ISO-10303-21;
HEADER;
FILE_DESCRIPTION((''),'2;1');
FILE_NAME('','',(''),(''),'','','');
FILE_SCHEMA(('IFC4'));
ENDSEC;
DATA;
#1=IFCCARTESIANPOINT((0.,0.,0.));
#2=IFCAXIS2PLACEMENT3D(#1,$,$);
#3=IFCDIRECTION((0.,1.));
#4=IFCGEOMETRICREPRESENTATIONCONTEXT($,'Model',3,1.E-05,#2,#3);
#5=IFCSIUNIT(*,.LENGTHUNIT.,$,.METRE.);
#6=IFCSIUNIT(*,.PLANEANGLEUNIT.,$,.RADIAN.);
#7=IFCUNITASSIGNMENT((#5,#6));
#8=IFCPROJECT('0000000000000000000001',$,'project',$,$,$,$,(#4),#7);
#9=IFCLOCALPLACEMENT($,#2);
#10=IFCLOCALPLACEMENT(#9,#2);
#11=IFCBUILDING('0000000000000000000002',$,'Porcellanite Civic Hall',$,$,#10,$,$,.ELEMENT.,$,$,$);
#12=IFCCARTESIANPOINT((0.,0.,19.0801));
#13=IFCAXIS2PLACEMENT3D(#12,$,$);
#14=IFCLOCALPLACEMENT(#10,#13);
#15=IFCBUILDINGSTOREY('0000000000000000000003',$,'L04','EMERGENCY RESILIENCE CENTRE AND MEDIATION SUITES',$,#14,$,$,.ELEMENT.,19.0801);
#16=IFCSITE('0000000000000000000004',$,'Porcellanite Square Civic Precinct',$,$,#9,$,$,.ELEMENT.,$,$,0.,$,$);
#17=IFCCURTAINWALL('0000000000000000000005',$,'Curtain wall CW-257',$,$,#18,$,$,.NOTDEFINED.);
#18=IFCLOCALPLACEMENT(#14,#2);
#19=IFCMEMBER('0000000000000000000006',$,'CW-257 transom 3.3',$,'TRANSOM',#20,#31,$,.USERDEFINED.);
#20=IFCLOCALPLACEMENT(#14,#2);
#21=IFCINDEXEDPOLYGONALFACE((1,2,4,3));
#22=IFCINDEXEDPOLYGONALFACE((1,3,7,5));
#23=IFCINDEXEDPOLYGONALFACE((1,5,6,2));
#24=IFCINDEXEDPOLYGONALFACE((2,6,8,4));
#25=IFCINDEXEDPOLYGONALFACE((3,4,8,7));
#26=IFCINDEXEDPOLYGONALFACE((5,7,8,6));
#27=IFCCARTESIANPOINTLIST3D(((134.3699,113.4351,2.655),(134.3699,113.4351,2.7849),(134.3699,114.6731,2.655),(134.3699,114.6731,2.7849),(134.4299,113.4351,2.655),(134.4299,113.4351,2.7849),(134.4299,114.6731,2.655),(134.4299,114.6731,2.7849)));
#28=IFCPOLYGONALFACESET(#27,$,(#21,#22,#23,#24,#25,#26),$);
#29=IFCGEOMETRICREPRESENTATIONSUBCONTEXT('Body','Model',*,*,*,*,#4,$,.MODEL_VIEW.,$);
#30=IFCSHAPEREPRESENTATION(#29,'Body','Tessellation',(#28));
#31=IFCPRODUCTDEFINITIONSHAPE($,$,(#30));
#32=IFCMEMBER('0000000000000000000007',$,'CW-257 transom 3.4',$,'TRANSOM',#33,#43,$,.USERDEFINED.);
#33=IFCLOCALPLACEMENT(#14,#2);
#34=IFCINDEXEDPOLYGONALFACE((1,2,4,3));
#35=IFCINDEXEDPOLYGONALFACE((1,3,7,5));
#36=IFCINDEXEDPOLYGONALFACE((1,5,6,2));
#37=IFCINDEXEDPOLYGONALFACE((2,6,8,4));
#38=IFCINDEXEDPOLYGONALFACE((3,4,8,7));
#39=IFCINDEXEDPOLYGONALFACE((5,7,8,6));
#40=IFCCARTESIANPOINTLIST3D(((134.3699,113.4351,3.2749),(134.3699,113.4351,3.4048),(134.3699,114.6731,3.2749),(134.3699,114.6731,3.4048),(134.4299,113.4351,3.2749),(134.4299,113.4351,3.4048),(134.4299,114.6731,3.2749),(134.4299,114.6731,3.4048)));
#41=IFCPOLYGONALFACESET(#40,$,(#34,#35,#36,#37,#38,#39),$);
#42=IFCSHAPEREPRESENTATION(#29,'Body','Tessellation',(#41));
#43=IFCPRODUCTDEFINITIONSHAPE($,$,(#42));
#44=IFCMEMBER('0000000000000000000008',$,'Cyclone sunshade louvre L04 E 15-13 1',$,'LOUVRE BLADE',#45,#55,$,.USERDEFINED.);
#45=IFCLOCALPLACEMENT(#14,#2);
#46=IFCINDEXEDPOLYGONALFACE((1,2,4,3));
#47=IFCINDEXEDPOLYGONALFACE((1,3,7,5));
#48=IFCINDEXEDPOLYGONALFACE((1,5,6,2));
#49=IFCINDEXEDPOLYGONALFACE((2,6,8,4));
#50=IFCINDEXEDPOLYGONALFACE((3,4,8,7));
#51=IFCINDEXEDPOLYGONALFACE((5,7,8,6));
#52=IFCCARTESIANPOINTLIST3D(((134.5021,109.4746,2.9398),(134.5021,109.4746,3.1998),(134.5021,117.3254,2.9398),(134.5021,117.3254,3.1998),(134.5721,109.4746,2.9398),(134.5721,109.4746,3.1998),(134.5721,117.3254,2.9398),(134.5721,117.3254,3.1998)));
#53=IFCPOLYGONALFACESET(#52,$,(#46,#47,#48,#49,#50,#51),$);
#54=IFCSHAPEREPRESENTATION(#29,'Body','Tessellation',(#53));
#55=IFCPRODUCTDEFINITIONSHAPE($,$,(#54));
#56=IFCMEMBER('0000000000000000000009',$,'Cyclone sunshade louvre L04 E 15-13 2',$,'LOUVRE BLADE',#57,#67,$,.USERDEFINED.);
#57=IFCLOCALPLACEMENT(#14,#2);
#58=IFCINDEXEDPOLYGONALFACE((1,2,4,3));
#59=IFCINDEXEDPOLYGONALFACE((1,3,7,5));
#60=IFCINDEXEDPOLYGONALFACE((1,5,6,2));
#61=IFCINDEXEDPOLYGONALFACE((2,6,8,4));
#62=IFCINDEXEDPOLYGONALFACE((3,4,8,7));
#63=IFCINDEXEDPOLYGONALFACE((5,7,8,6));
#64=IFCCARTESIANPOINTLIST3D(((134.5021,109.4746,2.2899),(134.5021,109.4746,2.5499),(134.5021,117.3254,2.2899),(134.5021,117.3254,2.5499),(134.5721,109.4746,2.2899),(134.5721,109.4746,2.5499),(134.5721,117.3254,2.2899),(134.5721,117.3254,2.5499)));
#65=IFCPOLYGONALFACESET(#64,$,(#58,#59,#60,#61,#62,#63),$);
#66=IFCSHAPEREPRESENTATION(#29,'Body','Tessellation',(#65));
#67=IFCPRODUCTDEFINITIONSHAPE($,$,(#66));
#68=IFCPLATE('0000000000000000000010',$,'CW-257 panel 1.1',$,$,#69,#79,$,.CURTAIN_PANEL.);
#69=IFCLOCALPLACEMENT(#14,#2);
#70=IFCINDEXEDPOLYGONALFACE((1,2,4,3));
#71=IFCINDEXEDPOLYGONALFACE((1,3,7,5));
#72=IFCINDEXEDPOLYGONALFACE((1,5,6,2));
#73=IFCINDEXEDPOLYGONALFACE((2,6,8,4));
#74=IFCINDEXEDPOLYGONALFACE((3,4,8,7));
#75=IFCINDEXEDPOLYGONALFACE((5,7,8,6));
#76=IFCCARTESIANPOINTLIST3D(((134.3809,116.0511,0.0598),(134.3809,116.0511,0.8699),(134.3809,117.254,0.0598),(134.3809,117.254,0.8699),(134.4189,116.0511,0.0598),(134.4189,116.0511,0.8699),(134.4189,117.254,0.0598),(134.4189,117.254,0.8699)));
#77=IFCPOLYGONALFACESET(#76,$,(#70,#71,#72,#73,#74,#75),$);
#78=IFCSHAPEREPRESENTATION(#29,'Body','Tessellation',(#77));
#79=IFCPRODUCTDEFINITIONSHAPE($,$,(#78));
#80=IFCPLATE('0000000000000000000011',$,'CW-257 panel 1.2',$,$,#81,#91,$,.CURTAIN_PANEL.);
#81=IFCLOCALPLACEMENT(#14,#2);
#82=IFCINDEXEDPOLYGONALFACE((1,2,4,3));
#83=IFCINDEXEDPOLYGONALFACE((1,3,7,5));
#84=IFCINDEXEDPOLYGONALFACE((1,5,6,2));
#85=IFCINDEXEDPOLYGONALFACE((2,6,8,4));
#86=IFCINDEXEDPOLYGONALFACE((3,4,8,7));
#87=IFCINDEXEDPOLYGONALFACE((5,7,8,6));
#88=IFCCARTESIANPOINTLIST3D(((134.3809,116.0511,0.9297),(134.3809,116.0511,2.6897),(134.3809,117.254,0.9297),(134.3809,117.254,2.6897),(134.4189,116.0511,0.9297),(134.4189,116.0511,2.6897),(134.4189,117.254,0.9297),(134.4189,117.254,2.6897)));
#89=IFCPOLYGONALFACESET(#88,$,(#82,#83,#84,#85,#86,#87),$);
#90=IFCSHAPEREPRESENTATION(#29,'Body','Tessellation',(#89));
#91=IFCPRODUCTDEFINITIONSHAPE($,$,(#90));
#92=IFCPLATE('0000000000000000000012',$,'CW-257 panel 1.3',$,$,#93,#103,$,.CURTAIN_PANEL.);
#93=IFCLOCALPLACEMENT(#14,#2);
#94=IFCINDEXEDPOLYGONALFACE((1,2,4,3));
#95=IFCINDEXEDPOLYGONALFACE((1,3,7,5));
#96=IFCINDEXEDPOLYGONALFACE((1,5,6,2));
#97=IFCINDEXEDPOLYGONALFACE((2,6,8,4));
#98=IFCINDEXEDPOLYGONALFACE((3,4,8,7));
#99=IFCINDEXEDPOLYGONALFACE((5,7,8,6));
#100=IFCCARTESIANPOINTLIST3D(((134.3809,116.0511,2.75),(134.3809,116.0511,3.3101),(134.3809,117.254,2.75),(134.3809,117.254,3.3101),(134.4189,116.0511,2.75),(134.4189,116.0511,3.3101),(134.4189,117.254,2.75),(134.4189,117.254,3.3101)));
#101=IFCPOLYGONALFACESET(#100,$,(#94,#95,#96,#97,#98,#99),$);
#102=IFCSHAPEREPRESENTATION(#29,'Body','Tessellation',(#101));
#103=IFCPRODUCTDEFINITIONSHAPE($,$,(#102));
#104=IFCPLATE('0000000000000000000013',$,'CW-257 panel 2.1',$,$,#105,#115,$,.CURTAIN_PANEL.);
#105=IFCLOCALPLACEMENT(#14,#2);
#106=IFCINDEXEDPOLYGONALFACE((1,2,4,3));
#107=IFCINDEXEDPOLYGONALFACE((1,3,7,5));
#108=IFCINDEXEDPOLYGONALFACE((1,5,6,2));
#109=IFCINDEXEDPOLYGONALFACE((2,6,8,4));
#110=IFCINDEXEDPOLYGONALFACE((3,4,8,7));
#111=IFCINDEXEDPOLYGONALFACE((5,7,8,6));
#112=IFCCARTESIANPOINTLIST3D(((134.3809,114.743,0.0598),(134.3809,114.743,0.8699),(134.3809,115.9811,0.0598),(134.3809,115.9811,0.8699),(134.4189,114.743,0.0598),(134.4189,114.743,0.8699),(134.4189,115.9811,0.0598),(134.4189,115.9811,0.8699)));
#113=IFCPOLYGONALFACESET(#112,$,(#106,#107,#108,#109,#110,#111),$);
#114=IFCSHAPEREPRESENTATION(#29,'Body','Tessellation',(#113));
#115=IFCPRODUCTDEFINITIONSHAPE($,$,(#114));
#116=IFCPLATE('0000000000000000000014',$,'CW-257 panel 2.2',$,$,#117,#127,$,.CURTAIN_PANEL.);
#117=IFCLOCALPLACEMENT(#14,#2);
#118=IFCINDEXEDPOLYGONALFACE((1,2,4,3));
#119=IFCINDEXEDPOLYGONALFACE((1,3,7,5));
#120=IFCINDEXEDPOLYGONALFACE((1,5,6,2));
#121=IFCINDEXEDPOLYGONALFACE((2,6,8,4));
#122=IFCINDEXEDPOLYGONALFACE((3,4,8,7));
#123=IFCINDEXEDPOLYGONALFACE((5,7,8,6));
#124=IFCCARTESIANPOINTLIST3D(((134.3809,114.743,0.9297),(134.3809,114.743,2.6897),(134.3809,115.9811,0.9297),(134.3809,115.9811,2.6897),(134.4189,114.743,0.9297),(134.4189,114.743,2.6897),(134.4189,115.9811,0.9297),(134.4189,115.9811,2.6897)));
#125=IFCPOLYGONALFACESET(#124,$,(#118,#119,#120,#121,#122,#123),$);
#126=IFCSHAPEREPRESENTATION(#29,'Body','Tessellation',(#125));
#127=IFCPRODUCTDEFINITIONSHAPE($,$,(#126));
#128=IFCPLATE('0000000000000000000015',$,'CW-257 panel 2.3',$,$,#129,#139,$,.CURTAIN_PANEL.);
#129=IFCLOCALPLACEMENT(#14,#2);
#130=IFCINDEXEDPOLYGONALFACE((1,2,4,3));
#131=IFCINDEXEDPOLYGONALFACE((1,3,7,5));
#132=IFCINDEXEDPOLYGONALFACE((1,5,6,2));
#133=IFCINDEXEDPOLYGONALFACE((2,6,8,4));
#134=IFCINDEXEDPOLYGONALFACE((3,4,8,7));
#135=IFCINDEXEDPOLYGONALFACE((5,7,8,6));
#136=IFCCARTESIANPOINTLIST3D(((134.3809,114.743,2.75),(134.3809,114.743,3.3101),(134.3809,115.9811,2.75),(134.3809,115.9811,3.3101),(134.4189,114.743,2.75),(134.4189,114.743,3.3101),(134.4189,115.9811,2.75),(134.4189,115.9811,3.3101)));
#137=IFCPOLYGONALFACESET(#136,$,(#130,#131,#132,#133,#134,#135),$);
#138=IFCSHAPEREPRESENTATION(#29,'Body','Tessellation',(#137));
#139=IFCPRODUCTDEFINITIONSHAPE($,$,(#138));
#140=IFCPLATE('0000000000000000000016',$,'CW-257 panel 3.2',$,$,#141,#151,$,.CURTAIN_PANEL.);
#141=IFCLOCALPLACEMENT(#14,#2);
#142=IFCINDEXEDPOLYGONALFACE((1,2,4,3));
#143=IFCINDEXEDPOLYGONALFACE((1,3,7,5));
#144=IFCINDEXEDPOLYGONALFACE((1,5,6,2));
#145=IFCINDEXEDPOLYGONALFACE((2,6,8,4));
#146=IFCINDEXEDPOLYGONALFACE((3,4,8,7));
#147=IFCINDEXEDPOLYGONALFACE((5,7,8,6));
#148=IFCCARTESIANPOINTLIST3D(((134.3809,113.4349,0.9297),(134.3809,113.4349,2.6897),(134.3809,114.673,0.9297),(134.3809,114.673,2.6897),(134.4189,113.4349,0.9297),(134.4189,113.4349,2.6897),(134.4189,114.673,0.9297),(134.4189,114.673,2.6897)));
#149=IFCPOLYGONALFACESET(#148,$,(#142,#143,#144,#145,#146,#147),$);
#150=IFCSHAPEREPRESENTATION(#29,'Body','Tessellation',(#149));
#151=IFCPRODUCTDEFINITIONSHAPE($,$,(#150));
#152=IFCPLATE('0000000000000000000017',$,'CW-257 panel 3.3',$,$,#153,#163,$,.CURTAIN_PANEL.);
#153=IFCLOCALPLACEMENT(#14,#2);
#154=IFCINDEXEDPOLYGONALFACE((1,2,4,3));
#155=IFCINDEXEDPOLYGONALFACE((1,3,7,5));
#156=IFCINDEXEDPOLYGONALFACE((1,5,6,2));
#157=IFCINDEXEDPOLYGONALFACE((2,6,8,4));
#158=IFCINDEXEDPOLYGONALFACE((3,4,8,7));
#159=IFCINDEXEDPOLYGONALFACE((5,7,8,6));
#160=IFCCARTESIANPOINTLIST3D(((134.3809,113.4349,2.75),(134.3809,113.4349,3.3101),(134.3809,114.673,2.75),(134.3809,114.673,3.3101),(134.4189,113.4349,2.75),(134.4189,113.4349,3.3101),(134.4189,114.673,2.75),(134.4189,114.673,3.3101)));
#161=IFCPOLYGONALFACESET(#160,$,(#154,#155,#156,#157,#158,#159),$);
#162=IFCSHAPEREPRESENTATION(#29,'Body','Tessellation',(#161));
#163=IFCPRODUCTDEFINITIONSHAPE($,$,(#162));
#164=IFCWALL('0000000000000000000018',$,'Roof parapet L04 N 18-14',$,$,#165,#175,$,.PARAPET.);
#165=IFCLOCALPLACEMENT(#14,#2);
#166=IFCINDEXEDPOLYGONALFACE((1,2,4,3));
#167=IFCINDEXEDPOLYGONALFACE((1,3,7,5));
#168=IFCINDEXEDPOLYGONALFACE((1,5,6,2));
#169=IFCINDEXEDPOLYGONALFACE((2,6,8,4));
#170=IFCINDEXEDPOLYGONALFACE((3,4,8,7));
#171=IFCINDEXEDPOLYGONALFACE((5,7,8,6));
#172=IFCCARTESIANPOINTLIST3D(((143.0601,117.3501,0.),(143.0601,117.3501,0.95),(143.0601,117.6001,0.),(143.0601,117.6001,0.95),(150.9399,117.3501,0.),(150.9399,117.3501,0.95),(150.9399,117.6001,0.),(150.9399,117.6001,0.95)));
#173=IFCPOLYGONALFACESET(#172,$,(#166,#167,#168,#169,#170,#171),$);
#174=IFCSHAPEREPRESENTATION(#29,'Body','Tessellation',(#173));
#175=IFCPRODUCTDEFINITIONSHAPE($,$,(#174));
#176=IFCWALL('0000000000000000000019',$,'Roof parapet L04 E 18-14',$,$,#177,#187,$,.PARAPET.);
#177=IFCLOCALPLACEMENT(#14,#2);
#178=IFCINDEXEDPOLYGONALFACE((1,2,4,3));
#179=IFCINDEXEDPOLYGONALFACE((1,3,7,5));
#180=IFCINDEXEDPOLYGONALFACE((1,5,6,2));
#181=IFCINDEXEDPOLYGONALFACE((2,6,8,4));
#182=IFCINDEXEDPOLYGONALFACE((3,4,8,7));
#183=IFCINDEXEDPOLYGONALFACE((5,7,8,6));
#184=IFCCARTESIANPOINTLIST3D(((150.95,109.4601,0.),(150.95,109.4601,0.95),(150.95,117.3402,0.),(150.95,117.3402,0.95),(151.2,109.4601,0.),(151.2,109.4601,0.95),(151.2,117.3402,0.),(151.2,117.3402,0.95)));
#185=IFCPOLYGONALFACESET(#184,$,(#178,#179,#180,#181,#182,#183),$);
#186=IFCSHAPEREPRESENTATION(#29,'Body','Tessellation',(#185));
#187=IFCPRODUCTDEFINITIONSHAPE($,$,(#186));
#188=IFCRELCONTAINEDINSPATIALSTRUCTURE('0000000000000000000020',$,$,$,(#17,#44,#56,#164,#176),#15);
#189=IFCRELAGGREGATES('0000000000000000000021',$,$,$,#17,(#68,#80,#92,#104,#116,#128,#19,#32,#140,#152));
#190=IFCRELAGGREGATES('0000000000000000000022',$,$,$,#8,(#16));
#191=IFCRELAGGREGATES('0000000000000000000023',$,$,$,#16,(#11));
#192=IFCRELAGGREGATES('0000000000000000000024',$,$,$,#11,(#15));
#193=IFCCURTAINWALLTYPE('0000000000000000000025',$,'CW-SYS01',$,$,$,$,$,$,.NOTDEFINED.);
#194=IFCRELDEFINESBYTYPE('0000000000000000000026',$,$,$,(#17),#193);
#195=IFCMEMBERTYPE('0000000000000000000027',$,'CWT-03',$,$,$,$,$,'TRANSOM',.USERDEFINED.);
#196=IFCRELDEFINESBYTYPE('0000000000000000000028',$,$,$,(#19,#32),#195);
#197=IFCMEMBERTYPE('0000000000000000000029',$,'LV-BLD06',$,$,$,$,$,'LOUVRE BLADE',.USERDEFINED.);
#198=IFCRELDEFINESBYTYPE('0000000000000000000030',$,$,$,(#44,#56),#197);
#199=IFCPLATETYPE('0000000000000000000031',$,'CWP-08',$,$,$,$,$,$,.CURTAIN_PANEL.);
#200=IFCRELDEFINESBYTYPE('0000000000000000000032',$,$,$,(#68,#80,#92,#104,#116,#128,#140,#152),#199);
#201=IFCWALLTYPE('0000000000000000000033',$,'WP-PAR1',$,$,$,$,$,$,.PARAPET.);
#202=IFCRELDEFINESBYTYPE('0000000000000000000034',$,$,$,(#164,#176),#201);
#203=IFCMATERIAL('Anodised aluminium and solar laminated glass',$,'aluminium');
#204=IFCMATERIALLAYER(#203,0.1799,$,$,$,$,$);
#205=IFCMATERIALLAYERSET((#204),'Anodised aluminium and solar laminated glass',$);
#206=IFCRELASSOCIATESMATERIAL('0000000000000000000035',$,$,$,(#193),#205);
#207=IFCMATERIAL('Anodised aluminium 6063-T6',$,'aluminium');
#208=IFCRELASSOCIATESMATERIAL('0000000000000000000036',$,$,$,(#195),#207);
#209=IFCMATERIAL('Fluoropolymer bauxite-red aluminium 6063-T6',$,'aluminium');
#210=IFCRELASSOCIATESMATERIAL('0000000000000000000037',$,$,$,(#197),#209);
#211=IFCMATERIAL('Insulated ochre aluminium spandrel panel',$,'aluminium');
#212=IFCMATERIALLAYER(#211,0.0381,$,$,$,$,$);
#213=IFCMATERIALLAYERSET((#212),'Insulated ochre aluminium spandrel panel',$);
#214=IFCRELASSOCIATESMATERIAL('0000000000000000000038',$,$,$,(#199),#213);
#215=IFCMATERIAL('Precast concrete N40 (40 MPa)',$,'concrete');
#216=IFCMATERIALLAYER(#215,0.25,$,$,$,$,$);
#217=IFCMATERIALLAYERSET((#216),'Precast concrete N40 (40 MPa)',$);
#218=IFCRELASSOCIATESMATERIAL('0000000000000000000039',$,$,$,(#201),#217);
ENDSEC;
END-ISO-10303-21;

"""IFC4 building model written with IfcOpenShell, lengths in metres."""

from ifc_helpers import new_model, si_unit, direction, frame, frame_2d, origin, origin_2d, place, context, subcontext, project, spatial, rectangle, extrude, material, layer, layer_set, material_profile, profile_set, type_object, element, aggregate, save


model = new_model("IFC4")

# Units and contexts
model_context = context("Model", 3, precision=1e-05, world=origin(), true_north=direction((0.0, 1.0)))
body_context = subcontext(model_context, "Body", "Model", "MODEL_VIEW")
ifc_project = project(units=[si_unit("LENGTHUNIT", "METRE"), si_unit("PLANEANGLEUNIT", "RADIAN")], contexts=[model_context])

# Site, building, storey
site_placement = place(None, origin())
site = spatial("IfcSite", under=ifc_project, at=site_placement, Name="Porcellanite Square Civic Precinct", CompositionType="ELEMENT", RefElevation=0.0)
building_placement = place(site_placement, origin())
building = spatial("IfcBuilding", under=site, at=building_placement, Name="Porcellanite Civic Hall", CompositionType="ELEMENT")
storey_placement = place(building_placement, frame((0.0, 0.0, 19.0801)))
storey = spatial("IfcBuildingStorey", under=building, at=storey_placement, Name="L04", Description="EMERGENCY RESILIENCE CENTRE AND MEDIATION SUITES", CompositionType="ELEMENT", Elevation=19.0801)

# Curtain wall, members
ifc_material_1 = material(Name="Anodised aluminium and solar laminated glass", Category="aluminium")
ifc_layer_1 = layer(ifc_material_1, 0.1799)
ifc_layer_set_1 = layer_set([ifc_layer_1], Name="Anodised aluminium and solar laminated glass")
curtain_wall_type = type_object("IfcCurtainWallType", Name="CW-SYS01", PredefinedType="NOTDEFINED", material=ifc_layer_set_1)
curtain_wall_placement = place(storey_placement, origin())
curtain_wall = element("IfcCurtainWall", 1, at=curtain_wall_placement, inside=storey, type_object=curtain_wall_type, Name="Curtain wall CW-257", PredefinedType="NOTDEFINED")
ifc_material_2 = material(Name="Anodised aluminium 6063-T6", Category="aluminium")
ifc_material_profile_1 = material_profile(ifc_material_2, rectangle(XDim=0.0601, YDim=0.1299, at=origin_2d()), Name="AL-60x130")
ifc_profile_set_1 = profile_set([ifc_material_profile_1], Name="Anodised aluminium 6063-T6")
member_type_1 = type_object("IfcMemberType", Name="CWT-03", ElementType="TRANSOM", PredefinedType="USERDEFINED", material=ifc_profile_set_1)
member_1_placement = place(storey_placement, frame((134.3999, 114.6731, 2.72), z_axis=(0.0, -1.0, 0.0), x_axis=(1.0, 0.0, 0.0)))
member_1 = element("IfcMember", 2, at=member_1_placement, type_object=member_type_1, Name="CW-257 transom 3.3", ObjectType="TRANSOM", PredefinedType="USERDEFINED", context=body_context, shape_type="SweptSolid", body=[
    extrude(rectangle(XDim=0.0601, YDim=0.1299, at=origin_2d()), origin(), (0.0, 0.0, 1.0), 1.238),
])
member_2_placement = place(storey_placement, frame((134.3999, 114.6731, 3.3398), z_axis=(0.0, -1.0, 0.0), x_axis=(1.0, 0.0, 0.0)))
member_2 = element("IfcMember", 3, at=member_2_placement, type_object=member_type_1, Name="CW-257 transom 3.4", ObjectType="TRANSOM", PredefinedType="USERDEFINED", context=body_context, shape_type="SweptSolid", body=[
    extrude(rectangle(XDim=0.0601, YDim=0.1299, at=origin_2d()), origin(), (0.0, 0.0, 1.0), 1.238),
])

# Members
ifc_material_3 = material(Name="Fluoropolymer bauxite-red aluminium 6063-T6", Category="aluminium")
ifc_material_profile_2 = material_profile(ifc_material_3, rectangle(XDim=0.0701, YDim=0.26, at=origin_2d()), Name="AL-70x260")
ifc_profile_set_2 = profile_set([ifc_material_profile_2], Name="Fluoropolymer bauxite-red aluminium 6063-T6")
member_type_2 = type_object("IfcMemberType", Name="LV-BLD06", ElementType="LOUVRE BLADE", PredefinedType="USERDEFINED", material=ifc_profile_set_2)
for number, where, z_axis, x_axis, name in (
    (4, (134.5371, 117.3254, 3.0698), (0.0, -1.0, 0.0), (1.0, 0.0, 0.0), "Cyclone sunshade louvre L04 E 15-13 1"),
    (5, (134.5371, 117.3254, 2.4199), (0.0, -1.0, 0.0), (1.0, 0.0, 0.0), "Cyclone sunshade louvre L04 E 15-13 2"),
):
    element("IfcMember", number, at=place(storey_placement, frame(where, z_axis=z_axis, x_axis=x_axis)), inside=storey, type_object=member_type_2, Name=name, ObjectType="LOUVRE BLADE", PredefinedType="USERDEFINED", context=body_context, shape_type="SweptSolid", body=[
        extrude(rectangle(XDim=0.0701, YDim=0.26, at=origin_2d()), origin(), (0.0, 0.0, 1.0), 7.8508),
    ])

# Plates
ifc_material_4 = material(Name="Insulated ochre aluminium spandrel panel", Category="aluminium")
ifc_layer_2 = layer(ifc_material_4, 0.0381)
ifc_layer_set_2 = layer_set([ifc_layer_2], Name="Insulated ochre aluminium spandrel panel")
plate_type = type_object("IfcPlateType", Name="CWP-08", PredefinedType="CURTAIN_PANEL", material=ifc_layer_set_2)
plate_1_placement = place(storey_placement, frame((134.3999, 116.6526, 0.0598), z_axis=(0.0, 0.0, 1.0), x_axis=(0.0, -1.0, 0.0)))
plate_1 = element("IfcPlate", 6, at=plate_1_placement, type_object=plate_type, Name="CW-257 panel 1.1", PredefinedType="CURTAIN_PANEL", context=body_context, shape_type="SweptSolid", body=[
    extrude(rectangle(XDim=1.2029, YDim=0.0381, at=origin_2d()), origin(), (0.0, 0.0, 1.0), 0.8101),
])
plate_2_placement = place(storey_placement, frame((134.3999, 116.6526, 0.9297), z_axis=(0.0, 0.0, 1.0), x_axis=(0.0, -1.0, 0.0)))
plate_2 = element("IfcPlate", 7, at=plate_2_placement, type_object=plate_type, Name="CW-257 panel 1.2", PredefinedType="CURTAIN_PANEL", context=body_context, shape_type="SweptSolid", body=[
    extrude(rectangle(XDim=1.2029, YDim=0.0381, at=origin_2d()), origin(), (0.0, 0.0, 1.0), 1.76),
])
plate_3_placement = place(storey_placement, frame((134.3999, 116.6526, 2.75), z_axis=(0.0, 0.0, 1.0), x_axis=(0.0, -1.0, 0.0)))
plate_3 = element("IfcPlate", 8, at=plate_3_placement, type_object=plate_type, Name="CW-257 panel 1.3", PredefinedType="CURTAIN_PANEL", context=body_context, shape_type="SweptSolid", body=[
    extrude(rectangle(XDim=1.2029, YDim=0.0381, at=origin_2d()), origin(), (0.0, 0.0, 1.0), 0.5601),
])
plate_4_placement = place(storey_placement, frame((134.3999, 115.3621, 0.0598), z_axis=(0.0, 0.0, 1.0), x_axis=(0.0, -1.0, 0.0)))
plate_4 = element("IfcPlate", 9, at=plate_4_placement, type_object=plate_type, Name="CW-257 panel 2.1", PredefinedType="CURTAIN_PANEL", context=body_context, shape_type="SweptSolid", body=[
    extrude(rectangle(XDim=1.238, YDim=0.0381, at=origin_2d()), origin(), (0.0, 0.0, 1.0), 0.8101),
])
plate_5_placement = place(storey_placement, frame((134.3999, 115.3621, 0.9297), z_axis=(0.0, 0.0, 1.0), x_axis=(0.0, -1.0, 0.0)))
plate_5 = element("IfcPlate", 10, at=plate_5_placement, type_object=plate_type, Name="CW-257 panel 2.2", PredefinedType="CURTAIN_PANEL", context=body_context, shape_type="SweptSolid", body=[
    extrude(rectangle(XDim=1.238, YDim=0.0381, at=origin_2d()), origin(), (0.0, 0.0, 1.0), 1.76),
])
plate_6_placement = place(storey_placement, frame((134.3999, 115.3621, 2.75), z_axis=(0.0, 0.0, 1.0), x_axis=(0.0, -1.0, 0.0)))
plate_6 = element("IfcPlate", 11, at=plate_6_placement, type_object=plate_type, Name="CW-257 panel 2.3", PredefinedType="CURTAIN_PANEL", context=body_context, shape_type="SweptSolid", body=[
    extrude(rectangle(XDim=1.238, YDim=0.0381, at=origin_2d()), origin(), (0.0, 0.0, 1.0), 0.5601),
])
plate_7_placement = place(storey_placement, frame((134.3999, 114.054, 0.9297), z_axis=(0.0, 0.0, 1.0), x_axis=(0.0, -1.0, 0.0)))
plate_7 = element("IfcPlate", 12, at=plate_7_placement, type_object=plate_type, Name="CW-257 panel 3.2", PredefinedType="CURTAIN_PANEL", context=body_context, shape_type="SweptSolid", body=[
    extrude(rectangle(XDim=1.238, YDim=0.0381, at=origin_2d()), origin(), (0.0, 0.0, 1.0), 1.76),
])
plate_8_placement = place(storey_placement, frame((134.3999, 114.054, 2.75), z_axis=(0.0, 0.0, 1.0), x_axis=(0.0, -1.0, 0.0)))
plate_8 = element("IfcPlate", 13, at=plate_8_placement, type_object=plate_type, Name="CW-257 panel 3.3", PredefinedType="CURTAIN_PANEL", context=body_context, shape_type="SweptSolid", body=[
    extrude(rectangle(XDim=1.238, YDim=0.0381, at=origin_2d()), origin(), (0.0, 0.0, 1.0), 0.5601),
])
aggregate(curtain_wall, [plate_1, plate_2, plate_3, plate_4, plate_5, plate_6, member_1, member_2, plate_7, plate_8])

# Walls
ifc_material_5 = material(Name="Precast concrete N40 (40 MPa)", Category="concrete")
ifc_layer_3 = layer(ifc_material_5, 0.25)
ifc_layer_set_3 = layer_set([ifc_layer_3], Name="Precast concrete N40 (40 MPa)")
wall_type_1 = type_object("IfcWallType", Name="WP-PAR1", PredefinedType="PARAPET", material=ifc_layer_set_3)
wall_1_placement = place(storey_placement, frame((143.0601, 117.4751, 0.0), z_axis=(0.0, 0.0, 1.0), x_axis=(1.0, 0.0, 0.0)))
element("IfcWall", 14, at=wall_1_placement, inside=storey, type_object=wall_type_1, Name="Roof parapet L04 N 18-14", PredefinedType="PARAPET", context=body_context, shape_type="SweptSolid", body=[
    extrude(rectangle(XDim=7.8799, YDim=0.25, at=frame_2d((3.9399, 0.0))), origin(), (0.0, 0.0, 1.0), 0.95),
])
wall_2_placement = place(storey_placement, frame((151.075, 117.3401, 0.0), z_axis=(0.0, 0.0, 1.0), x_axis=(0.0, -1.0, 0.0)))
element("IfcWall", 15, at=wall_2_placement, inside=storey, type_object=wall_type_1, Name="Roof parapet L04 E 18-14", PredefinedType="PARAPET", context=body_context, shape_type="SweptSolid", body=[
    extrude(rectangle(XDim=7.8801, YDim=0.25, at=frame_2d((3.9399, 0.0))), origin(), (0.0, 0.0, 1.0), 0.95),
])

save(model, "model.ifc")
